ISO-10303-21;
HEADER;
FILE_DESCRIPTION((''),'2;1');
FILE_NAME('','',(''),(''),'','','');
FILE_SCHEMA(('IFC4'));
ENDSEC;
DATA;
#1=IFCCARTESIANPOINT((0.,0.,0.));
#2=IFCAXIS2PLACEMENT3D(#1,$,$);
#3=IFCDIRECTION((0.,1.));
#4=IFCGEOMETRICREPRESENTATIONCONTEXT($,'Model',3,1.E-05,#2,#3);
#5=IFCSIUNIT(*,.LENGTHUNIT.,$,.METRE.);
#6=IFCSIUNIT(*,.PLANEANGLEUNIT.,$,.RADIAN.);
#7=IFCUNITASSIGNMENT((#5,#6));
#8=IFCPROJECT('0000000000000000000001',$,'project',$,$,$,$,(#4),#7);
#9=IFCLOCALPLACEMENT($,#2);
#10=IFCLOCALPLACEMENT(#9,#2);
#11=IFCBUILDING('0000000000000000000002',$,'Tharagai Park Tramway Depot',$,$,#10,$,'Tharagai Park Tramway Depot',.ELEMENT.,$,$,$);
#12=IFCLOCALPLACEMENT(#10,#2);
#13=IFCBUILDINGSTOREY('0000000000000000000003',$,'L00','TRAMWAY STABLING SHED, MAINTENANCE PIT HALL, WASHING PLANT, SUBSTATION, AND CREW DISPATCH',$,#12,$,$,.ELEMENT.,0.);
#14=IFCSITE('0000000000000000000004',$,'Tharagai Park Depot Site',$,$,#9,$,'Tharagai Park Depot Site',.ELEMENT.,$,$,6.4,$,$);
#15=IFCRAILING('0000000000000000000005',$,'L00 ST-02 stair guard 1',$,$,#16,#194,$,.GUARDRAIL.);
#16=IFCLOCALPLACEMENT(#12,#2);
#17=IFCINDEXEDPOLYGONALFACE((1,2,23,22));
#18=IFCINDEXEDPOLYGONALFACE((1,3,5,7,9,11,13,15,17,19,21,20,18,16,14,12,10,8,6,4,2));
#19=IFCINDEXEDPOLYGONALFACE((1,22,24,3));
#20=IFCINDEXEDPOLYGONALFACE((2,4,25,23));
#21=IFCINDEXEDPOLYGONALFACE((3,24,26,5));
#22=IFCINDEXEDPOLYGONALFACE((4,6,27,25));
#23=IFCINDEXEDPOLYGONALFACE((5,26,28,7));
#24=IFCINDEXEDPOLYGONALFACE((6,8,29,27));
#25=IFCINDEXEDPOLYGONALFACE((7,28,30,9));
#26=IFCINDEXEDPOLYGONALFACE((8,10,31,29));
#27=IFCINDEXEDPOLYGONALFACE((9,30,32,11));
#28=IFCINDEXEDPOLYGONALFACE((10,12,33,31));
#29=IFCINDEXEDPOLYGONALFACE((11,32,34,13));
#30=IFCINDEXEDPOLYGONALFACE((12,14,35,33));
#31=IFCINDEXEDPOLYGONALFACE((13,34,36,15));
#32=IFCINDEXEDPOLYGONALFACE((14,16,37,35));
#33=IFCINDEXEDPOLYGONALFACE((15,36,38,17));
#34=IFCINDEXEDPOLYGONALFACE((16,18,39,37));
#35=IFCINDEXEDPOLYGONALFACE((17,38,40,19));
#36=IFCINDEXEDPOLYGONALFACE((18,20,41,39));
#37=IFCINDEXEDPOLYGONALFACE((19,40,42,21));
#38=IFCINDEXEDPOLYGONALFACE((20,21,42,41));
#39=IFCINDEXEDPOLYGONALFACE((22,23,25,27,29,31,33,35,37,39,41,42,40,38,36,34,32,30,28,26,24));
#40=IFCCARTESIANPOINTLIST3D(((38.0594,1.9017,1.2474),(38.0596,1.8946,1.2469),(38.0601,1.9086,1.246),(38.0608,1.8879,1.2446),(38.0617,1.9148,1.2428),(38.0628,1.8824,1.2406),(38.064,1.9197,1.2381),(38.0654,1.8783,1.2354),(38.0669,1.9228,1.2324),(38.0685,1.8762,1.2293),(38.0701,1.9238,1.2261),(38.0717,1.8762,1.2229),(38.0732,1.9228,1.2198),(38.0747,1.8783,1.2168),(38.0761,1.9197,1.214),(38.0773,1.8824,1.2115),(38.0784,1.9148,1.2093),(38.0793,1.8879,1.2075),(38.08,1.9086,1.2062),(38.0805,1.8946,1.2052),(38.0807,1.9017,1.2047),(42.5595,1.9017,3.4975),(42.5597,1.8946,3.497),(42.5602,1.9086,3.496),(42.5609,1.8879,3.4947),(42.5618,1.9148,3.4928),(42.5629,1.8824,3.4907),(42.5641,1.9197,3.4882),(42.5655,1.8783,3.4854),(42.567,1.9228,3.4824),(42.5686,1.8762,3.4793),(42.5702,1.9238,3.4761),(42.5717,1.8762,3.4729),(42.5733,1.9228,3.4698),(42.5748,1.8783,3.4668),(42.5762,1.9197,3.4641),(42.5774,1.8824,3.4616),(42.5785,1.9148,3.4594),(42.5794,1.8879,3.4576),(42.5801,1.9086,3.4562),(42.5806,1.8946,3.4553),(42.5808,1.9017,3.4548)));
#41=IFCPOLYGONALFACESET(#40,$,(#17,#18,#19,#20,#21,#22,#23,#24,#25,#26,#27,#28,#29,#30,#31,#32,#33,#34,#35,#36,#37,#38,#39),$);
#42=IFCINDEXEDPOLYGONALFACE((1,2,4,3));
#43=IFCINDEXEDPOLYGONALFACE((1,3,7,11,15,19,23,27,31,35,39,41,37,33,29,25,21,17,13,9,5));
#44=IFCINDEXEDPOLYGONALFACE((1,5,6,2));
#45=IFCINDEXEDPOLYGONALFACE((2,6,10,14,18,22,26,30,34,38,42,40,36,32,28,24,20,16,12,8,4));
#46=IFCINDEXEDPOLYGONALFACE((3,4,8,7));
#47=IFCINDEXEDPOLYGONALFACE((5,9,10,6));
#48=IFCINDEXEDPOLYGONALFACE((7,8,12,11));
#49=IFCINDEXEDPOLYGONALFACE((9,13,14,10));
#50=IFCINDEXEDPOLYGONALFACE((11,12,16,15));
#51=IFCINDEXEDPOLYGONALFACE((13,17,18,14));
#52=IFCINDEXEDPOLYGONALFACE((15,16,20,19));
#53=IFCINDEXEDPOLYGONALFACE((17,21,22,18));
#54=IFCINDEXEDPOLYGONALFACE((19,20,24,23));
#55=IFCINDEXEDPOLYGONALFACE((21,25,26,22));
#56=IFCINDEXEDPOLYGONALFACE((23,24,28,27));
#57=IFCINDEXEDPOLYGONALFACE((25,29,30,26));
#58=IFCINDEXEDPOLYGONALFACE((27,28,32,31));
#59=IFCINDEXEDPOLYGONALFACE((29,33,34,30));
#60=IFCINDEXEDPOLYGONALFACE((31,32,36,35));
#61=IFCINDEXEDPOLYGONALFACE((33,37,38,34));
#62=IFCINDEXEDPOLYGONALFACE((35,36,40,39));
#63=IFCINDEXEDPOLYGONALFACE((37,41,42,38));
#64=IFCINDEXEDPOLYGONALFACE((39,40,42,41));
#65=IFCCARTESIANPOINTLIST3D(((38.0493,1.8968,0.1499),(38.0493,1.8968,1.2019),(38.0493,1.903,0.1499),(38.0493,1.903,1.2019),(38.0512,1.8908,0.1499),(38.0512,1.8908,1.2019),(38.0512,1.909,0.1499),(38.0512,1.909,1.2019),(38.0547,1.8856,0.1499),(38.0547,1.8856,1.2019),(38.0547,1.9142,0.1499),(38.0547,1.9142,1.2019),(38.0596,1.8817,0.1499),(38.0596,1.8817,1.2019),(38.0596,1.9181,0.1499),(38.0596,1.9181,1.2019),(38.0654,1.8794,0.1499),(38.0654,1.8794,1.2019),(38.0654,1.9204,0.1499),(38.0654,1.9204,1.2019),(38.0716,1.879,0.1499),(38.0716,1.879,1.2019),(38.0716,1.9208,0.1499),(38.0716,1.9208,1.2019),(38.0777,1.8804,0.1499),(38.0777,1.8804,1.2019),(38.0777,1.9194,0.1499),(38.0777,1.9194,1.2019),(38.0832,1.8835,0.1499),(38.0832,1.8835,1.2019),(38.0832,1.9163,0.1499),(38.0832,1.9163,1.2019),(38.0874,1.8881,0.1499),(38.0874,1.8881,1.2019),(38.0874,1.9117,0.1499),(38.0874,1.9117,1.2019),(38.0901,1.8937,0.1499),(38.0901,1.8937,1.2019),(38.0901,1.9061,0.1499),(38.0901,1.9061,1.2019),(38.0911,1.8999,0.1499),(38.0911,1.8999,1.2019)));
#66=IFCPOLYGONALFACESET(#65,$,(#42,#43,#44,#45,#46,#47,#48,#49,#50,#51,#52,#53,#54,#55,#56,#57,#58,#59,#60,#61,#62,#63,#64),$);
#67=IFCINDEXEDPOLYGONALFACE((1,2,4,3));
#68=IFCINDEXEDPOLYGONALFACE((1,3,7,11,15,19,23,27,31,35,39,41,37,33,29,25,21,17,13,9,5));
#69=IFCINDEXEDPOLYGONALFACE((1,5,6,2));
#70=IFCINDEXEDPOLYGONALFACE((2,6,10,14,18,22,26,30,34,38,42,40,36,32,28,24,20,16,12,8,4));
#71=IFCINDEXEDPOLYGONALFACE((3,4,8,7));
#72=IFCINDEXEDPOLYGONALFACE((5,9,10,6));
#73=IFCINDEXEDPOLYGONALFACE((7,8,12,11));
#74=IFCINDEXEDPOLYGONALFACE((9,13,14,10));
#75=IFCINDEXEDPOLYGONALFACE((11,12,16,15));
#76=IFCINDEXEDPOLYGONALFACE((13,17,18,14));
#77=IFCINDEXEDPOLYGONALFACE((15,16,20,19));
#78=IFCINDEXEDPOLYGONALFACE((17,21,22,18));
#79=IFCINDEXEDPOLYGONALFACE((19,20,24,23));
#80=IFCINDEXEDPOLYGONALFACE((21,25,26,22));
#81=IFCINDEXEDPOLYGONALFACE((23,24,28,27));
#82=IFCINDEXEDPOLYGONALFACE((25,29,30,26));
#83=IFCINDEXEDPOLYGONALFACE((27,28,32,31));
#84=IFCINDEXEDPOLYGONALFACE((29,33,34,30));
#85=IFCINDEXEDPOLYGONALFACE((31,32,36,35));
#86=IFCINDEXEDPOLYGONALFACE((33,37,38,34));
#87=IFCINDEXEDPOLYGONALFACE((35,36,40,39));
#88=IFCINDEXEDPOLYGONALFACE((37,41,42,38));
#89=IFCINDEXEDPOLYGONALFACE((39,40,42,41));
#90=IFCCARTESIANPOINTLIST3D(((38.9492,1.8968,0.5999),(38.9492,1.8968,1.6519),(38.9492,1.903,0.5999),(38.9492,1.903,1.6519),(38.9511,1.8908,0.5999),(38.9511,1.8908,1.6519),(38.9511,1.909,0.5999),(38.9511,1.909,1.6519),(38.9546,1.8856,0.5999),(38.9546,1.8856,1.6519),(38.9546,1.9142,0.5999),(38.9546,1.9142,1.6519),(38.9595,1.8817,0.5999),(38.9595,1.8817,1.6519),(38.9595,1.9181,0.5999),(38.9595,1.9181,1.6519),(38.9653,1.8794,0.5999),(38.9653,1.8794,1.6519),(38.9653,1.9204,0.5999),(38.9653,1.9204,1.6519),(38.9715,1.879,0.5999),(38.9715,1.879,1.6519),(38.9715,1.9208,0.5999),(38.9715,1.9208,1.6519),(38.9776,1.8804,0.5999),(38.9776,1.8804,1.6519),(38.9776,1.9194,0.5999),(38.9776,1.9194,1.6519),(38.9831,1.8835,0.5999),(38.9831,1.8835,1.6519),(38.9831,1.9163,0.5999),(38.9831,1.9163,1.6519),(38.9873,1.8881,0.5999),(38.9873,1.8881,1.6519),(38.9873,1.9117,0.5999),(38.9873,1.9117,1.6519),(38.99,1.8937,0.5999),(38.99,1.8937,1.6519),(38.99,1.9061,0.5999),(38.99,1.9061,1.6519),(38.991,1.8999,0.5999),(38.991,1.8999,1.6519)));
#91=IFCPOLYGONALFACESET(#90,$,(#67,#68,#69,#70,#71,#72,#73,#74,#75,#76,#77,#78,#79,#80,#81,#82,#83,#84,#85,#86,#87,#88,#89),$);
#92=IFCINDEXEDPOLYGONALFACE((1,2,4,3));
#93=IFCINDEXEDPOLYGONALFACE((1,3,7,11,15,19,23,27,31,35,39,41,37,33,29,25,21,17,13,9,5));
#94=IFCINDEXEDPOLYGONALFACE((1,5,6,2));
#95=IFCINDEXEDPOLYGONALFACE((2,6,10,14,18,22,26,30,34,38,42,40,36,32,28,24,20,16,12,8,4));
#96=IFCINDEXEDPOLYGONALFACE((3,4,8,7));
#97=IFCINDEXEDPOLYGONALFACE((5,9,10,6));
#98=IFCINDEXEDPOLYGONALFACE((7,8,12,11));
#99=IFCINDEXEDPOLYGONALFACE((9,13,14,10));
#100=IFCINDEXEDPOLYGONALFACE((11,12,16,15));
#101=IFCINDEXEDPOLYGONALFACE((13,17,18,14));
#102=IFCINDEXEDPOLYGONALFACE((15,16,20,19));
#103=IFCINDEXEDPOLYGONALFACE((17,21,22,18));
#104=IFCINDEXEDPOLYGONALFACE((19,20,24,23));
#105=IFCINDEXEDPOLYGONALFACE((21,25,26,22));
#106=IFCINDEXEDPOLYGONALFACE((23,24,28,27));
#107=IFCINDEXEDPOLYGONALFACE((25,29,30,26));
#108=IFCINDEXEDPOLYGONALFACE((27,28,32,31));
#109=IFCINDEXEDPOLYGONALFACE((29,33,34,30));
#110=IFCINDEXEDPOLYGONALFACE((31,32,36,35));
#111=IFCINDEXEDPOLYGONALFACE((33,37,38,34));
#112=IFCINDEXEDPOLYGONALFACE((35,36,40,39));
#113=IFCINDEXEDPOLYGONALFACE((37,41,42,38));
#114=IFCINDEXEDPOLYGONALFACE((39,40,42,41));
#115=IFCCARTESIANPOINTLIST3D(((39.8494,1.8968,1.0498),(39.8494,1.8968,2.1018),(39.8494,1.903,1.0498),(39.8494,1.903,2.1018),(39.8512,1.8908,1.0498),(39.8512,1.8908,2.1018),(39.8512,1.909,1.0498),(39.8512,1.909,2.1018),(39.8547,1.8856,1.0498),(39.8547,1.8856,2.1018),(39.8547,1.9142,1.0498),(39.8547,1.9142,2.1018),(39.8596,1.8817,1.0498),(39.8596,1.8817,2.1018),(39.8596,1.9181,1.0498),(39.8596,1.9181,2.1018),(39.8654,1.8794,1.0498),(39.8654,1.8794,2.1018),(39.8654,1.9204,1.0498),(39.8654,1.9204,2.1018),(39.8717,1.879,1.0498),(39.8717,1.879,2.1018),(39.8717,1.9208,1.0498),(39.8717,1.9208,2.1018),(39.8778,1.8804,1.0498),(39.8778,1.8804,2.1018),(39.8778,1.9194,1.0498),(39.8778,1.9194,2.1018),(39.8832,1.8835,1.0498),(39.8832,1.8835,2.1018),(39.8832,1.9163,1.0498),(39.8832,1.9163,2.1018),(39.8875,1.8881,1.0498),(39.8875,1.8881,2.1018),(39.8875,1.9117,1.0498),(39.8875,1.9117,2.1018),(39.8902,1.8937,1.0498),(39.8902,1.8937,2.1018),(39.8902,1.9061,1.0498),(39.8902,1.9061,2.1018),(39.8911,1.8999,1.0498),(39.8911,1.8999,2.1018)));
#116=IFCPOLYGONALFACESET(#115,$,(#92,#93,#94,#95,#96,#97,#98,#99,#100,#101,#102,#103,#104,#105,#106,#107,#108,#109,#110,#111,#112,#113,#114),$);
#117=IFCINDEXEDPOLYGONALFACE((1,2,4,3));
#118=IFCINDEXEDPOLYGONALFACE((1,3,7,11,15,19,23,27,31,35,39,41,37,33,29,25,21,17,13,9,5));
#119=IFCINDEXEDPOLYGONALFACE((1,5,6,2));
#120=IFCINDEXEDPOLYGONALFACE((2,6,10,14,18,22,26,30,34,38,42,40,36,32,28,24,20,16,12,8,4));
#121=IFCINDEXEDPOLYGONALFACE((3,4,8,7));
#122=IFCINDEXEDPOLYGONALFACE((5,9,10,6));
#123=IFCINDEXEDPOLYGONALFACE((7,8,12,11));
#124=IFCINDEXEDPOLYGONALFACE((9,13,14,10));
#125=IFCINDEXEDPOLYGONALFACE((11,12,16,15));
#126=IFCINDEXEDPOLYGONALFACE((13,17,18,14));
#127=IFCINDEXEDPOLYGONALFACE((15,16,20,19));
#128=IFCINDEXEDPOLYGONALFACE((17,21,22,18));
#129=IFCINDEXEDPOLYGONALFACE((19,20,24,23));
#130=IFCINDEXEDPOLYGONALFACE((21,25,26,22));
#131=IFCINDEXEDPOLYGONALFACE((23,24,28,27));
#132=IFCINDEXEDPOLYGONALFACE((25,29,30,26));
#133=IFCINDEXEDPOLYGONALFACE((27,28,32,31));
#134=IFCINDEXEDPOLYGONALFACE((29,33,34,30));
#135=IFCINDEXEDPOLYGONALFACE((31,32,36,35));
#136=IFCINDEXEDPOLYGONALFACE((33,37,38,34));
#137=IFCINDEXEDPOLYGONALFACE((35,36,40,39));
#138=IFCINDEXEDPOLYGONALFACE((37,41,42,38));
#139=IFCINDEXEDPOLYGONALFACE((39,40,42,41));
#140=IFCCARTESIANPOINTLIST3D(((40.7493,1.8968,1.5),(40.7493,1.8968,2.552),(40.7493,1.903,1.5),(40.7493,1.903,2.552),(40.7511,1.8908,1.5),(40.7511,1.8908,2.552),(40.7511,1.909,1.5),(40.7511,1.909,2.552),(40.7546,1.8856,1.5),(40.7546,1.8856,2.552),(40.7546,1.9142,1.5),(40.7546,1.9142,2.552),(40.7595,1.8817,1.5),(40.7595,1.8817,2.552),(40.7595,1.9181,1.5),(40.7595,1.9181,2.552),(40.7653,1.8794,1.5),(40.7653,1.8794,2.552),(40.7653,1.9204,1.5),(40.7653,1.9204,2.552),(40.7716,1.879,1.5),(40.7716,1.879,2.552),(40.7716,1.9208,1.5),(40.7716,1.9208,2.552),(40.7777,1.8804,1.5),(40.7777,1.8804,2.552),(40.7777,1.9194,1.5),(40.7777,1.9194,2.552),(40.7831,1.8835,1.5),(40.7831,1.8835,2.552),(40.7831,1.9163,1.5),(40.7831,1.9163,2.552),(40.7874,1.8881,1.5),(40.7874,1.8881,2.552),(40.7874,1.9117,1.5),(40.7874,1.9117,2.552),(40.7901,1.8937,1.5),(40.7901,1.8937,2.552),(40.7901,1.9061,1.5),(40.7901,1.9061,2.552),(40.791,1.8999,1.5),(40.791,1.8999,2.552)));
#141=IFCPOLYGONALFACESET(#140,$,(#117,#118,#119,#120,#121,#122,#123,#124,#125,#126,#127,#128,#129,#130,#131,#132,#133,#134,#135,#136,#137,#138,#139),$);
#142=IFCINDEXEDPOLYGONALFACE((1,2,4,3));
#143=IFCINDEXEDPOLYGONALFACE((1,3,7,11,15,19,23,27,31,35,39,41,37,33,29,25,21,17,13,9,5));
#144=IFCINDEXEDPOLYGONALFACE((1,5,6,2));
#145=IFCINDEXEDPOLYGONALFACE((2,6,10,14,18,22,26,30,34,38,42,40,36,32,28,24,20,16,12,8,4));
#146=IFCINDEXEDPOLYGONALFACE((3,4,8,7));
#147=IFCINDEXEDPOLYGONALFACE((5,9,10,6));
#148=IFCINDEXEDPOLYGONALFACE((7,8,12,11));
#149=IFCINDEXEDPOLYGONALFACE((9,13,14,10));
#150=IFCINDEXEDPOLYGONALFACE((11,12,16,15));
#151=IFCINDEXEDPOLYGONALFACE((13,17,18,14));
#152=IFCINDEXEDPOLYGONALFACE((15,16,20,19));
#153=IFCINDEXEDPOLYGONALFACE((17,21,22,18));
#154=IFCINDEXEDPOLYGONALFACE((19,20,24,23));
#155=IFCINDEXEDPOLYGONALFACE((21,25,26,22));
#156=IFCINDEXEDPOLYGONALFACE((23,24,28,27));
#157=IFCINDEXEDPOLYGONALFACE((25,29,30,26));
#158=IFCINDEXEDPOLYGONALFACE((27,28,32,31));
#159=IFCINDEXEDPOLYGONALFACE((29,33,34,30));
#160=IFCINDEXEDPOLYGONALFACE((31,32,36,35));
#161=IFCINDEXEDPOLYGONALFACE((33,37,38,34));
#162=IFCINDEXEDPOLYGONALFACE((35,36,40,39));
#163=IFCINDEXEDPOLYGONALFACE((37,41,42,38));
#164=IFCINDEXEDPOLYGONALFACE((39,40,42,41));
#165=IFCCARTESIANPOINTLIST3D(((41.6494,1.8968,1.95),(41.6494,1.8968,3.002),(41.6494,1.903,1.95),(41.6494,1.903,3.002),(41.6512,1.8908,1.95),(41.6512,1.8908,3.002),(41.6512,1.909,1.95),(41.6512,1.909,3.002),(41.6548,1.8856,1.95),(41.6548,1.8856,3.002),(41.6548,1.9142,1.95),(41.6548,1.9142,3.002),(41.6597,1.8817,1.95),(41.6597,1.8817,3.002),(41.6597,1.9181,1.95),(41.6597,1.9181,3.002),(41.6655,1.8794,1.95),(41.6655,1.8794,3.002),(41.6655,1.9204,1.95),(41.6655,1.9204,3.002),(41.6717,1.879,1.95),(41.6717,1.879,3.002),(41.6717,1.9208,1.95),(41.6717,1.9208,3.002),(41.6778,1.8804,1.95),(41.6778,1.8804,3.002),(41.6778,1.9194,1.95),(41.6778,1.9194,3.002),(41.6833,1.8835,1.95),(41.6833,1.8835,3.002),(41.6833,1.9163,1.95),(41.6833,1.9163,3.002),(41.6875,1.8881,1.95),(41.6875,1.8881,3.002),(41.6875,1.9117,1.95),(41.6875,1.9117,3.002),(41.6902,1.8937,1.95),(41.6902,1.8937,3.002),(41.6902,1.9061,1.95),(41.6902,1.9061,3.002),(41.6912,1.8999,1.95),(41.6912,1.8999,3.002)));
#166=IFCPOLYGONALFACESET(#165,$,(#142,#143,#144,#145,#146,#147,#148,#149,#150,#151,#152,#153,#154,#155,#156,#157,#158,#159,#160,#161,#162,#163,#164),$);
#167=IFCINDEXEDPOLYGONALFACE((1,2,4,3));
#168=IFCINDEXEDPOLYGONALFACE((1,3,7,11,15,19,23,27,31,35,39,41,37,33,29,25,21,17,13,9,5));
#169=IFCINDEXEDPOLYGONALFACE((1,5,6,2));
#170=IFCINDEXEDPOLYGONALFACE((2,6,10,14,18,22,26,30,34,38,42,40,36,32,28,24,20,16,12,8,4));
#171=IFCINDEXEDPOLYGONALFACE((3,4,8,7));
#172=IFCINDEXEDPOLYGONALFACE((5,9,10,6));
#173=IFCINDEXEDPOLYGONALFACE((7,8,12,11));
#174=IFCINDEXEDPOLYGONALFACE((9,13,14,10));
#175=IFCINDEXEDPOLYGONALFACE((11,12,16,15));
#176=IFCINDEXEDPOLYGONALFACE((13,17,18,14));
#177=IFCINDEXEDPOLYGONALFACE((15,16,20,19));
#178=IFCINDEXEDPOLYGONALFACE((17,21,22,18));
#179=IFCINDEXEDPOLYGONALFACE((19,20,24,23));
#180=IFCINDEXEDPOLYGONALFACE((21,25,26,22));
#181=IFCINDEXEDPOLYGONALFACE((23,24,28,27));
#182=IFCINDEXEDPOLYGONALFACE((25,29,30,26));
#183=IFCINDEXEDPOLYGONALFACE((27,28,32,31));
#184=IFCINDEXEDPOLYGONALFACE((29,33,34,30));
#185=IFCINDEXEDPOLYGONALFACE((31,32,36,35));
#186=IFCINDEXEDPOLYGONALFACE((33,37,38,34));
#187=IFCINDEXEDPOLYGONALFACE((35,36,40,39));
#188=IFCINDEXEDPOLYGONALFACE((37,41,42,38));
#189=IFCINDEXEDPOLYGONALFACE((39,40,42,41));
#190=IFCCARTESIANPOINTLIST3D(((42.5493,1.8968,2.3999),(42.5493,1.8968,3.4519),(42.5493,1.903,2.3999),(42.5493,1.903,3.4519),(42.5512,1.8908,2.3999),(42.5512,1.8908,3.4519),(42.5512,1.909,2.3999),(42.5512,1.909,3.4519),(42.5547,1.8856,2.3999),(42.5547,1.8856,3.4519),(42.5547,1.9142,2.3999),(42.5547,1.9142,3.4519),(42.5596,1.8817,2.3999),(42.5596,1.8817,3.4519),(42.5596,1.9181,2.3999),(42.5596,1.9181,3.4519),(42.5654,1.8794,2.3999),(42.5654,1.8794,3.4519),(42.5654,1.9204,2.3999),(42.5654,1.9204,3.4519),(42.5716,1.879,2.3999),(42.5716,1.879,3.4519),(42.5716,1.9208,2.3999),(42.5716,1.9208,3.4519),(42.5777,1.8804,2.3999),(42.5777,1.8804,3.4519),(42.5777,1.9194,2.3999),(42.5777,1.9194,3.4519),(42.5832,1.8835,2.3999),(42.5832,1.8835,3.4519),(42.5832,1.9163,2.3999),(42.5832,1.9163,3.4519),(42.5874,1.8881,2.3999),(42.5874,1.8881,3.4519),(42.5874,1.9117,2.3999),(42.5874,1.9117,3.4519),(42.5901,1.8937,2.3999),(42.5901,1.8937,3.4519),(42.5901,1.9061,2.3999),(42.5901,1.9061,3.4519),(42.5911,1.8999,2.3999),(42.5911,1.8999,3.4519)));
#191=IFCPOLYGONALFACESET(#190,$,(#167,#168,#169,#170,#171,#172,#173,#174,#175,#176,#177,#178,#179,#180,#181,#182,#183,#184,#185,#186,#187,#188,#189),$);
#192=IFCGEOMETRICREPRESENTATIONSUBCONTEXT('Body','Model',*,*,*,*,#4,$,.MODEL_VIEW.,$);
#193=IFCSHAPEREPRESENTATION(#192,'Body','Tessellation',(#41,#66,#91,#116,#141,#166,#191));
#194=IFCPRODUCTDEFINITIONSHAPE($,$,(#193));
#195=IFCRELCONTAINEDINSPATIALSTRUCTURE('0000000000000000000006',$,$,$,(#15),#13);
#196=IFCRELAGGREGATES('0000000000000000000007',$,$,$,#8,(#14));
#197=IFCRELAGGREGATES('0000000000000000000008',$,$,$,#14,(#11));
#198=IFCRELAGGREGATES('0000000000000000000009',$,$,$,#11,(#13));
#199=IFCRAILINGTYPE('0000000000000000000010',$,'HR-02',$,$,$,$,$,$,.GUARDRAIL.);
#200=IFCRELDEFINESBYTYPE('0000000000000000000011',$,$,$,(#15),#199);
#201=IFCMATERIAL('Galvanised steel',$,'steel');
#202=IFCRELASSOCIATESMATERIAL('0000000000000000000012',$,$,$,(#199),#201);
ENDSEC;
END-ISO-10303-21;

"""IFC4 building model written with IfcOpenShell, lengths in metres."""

from ifc_helpers import new_model, si_unit, direction, frame, origin, origin_2d, place, context, subcontext, project, spatial, circle, extrude, material, type_object, element, save


model = new_model("IFC4")

# Units and contexts
model_context = context("Model", 3, precision=1e-05, world=origin(), true_north=direction((0.0, 1.0)))
body_context = subcontext(model_context, "Body", "Model", "MODEL_VIEW")
ifc_project = project(units=[si_unit("LENGTHUNIT", "METRE"), si_unit("PLANEANGLEUNIT", "RADIAN")], contexts=[model_context])

# Site, building, storey
site_placement = place(None, origin())
site = spatial("IfcSite", under=ifc_project, at=site_placement, Name="Tharagai Park Depot Site", LongName="Tharagai Park Depot Site", CompositionType="ELEMENT", RefElevation=6.4)
building_placement = place(site_placement, origin())
building = spatial("IfcBuilding", under=site, at=building_placement, Name="Tharagai Park Tramway Depot", LongName="Tharagai Park Tramway Depot", CompositionType="ELEMENT")
storey_placement = place(building_placement, origin())
storey = spatial("IfcBuildingStorey", under=building, at=storey_placement, Name="L00", Description="TRAMWAY STABLING SHED, MAINTENANCE PIT HALL, WASHING PLANT, SUBSTATION, AND CREW DISPATCH", CompositionType="ELEMENT", Elevation=0.0)

# Railing
ifc_material_1 = material(Name="Galvanised steel", Category="steel")
railing_type_1 = type_object("IfcRailingType", Name="HR-02", PredefinedType="GUARDRAIL", material=ifc_material_1)
railing_1_placement = place(storey_placement, frame((38.0701, 1.8999, 0.1499)))
element("IfcRailing", 1, at=railing_1_placement, inside=storey, type_object=railing_type_1, Name="L00 ST-02 stair guard 1", PredefinedType="GUARDRAIL", context=body_context, shape_type="SweptSolid", body=[
    extrude(circle(Radius=0.0239, at=origin_2d()), frame((0.0, 0.0, 1.0762), z_axis=(0.894427, 0.0, 0.447214), x_axis=(0.0, 1.0, 0.0)), (0.0, 0.0, 1.0), 5.0312),
    extrude(circle(Radius=0.021, at=origin_2d()), origin(), (0.0, 0.0, 1.0), 1.052),
    extrude(circle(Radius=0.021, at=origin_2d()), frame((0.8999, 0.0, 0.45)), (0.0, 0.0, 1.0), 1.052),
    extrude(circle(Radius=0.021, at=origin_2d()), frame((1.8, 0.0, 0.8999)), (0.0, 0.0, 1.0), 1.052),
    extrude(circle(Radius=0.021, at=origin_2d()), frame((2.7, 0.0, 1.3501)), (0.0, 0.0, 1.0), 1.052),
    extrude(circle(Radius=0.021, at=origin_2d()), frame((3.6001, 0.0, 1.8)), (0.0, 0.0, 1.0), 1.052),
    extrude(circle(Radius=0.021, at=origin_2d()), frame((4.5, 0.0, 2.25)), (0.0, 0.0, 1.0), 1.052),
])

save(model, "model.ifc")
